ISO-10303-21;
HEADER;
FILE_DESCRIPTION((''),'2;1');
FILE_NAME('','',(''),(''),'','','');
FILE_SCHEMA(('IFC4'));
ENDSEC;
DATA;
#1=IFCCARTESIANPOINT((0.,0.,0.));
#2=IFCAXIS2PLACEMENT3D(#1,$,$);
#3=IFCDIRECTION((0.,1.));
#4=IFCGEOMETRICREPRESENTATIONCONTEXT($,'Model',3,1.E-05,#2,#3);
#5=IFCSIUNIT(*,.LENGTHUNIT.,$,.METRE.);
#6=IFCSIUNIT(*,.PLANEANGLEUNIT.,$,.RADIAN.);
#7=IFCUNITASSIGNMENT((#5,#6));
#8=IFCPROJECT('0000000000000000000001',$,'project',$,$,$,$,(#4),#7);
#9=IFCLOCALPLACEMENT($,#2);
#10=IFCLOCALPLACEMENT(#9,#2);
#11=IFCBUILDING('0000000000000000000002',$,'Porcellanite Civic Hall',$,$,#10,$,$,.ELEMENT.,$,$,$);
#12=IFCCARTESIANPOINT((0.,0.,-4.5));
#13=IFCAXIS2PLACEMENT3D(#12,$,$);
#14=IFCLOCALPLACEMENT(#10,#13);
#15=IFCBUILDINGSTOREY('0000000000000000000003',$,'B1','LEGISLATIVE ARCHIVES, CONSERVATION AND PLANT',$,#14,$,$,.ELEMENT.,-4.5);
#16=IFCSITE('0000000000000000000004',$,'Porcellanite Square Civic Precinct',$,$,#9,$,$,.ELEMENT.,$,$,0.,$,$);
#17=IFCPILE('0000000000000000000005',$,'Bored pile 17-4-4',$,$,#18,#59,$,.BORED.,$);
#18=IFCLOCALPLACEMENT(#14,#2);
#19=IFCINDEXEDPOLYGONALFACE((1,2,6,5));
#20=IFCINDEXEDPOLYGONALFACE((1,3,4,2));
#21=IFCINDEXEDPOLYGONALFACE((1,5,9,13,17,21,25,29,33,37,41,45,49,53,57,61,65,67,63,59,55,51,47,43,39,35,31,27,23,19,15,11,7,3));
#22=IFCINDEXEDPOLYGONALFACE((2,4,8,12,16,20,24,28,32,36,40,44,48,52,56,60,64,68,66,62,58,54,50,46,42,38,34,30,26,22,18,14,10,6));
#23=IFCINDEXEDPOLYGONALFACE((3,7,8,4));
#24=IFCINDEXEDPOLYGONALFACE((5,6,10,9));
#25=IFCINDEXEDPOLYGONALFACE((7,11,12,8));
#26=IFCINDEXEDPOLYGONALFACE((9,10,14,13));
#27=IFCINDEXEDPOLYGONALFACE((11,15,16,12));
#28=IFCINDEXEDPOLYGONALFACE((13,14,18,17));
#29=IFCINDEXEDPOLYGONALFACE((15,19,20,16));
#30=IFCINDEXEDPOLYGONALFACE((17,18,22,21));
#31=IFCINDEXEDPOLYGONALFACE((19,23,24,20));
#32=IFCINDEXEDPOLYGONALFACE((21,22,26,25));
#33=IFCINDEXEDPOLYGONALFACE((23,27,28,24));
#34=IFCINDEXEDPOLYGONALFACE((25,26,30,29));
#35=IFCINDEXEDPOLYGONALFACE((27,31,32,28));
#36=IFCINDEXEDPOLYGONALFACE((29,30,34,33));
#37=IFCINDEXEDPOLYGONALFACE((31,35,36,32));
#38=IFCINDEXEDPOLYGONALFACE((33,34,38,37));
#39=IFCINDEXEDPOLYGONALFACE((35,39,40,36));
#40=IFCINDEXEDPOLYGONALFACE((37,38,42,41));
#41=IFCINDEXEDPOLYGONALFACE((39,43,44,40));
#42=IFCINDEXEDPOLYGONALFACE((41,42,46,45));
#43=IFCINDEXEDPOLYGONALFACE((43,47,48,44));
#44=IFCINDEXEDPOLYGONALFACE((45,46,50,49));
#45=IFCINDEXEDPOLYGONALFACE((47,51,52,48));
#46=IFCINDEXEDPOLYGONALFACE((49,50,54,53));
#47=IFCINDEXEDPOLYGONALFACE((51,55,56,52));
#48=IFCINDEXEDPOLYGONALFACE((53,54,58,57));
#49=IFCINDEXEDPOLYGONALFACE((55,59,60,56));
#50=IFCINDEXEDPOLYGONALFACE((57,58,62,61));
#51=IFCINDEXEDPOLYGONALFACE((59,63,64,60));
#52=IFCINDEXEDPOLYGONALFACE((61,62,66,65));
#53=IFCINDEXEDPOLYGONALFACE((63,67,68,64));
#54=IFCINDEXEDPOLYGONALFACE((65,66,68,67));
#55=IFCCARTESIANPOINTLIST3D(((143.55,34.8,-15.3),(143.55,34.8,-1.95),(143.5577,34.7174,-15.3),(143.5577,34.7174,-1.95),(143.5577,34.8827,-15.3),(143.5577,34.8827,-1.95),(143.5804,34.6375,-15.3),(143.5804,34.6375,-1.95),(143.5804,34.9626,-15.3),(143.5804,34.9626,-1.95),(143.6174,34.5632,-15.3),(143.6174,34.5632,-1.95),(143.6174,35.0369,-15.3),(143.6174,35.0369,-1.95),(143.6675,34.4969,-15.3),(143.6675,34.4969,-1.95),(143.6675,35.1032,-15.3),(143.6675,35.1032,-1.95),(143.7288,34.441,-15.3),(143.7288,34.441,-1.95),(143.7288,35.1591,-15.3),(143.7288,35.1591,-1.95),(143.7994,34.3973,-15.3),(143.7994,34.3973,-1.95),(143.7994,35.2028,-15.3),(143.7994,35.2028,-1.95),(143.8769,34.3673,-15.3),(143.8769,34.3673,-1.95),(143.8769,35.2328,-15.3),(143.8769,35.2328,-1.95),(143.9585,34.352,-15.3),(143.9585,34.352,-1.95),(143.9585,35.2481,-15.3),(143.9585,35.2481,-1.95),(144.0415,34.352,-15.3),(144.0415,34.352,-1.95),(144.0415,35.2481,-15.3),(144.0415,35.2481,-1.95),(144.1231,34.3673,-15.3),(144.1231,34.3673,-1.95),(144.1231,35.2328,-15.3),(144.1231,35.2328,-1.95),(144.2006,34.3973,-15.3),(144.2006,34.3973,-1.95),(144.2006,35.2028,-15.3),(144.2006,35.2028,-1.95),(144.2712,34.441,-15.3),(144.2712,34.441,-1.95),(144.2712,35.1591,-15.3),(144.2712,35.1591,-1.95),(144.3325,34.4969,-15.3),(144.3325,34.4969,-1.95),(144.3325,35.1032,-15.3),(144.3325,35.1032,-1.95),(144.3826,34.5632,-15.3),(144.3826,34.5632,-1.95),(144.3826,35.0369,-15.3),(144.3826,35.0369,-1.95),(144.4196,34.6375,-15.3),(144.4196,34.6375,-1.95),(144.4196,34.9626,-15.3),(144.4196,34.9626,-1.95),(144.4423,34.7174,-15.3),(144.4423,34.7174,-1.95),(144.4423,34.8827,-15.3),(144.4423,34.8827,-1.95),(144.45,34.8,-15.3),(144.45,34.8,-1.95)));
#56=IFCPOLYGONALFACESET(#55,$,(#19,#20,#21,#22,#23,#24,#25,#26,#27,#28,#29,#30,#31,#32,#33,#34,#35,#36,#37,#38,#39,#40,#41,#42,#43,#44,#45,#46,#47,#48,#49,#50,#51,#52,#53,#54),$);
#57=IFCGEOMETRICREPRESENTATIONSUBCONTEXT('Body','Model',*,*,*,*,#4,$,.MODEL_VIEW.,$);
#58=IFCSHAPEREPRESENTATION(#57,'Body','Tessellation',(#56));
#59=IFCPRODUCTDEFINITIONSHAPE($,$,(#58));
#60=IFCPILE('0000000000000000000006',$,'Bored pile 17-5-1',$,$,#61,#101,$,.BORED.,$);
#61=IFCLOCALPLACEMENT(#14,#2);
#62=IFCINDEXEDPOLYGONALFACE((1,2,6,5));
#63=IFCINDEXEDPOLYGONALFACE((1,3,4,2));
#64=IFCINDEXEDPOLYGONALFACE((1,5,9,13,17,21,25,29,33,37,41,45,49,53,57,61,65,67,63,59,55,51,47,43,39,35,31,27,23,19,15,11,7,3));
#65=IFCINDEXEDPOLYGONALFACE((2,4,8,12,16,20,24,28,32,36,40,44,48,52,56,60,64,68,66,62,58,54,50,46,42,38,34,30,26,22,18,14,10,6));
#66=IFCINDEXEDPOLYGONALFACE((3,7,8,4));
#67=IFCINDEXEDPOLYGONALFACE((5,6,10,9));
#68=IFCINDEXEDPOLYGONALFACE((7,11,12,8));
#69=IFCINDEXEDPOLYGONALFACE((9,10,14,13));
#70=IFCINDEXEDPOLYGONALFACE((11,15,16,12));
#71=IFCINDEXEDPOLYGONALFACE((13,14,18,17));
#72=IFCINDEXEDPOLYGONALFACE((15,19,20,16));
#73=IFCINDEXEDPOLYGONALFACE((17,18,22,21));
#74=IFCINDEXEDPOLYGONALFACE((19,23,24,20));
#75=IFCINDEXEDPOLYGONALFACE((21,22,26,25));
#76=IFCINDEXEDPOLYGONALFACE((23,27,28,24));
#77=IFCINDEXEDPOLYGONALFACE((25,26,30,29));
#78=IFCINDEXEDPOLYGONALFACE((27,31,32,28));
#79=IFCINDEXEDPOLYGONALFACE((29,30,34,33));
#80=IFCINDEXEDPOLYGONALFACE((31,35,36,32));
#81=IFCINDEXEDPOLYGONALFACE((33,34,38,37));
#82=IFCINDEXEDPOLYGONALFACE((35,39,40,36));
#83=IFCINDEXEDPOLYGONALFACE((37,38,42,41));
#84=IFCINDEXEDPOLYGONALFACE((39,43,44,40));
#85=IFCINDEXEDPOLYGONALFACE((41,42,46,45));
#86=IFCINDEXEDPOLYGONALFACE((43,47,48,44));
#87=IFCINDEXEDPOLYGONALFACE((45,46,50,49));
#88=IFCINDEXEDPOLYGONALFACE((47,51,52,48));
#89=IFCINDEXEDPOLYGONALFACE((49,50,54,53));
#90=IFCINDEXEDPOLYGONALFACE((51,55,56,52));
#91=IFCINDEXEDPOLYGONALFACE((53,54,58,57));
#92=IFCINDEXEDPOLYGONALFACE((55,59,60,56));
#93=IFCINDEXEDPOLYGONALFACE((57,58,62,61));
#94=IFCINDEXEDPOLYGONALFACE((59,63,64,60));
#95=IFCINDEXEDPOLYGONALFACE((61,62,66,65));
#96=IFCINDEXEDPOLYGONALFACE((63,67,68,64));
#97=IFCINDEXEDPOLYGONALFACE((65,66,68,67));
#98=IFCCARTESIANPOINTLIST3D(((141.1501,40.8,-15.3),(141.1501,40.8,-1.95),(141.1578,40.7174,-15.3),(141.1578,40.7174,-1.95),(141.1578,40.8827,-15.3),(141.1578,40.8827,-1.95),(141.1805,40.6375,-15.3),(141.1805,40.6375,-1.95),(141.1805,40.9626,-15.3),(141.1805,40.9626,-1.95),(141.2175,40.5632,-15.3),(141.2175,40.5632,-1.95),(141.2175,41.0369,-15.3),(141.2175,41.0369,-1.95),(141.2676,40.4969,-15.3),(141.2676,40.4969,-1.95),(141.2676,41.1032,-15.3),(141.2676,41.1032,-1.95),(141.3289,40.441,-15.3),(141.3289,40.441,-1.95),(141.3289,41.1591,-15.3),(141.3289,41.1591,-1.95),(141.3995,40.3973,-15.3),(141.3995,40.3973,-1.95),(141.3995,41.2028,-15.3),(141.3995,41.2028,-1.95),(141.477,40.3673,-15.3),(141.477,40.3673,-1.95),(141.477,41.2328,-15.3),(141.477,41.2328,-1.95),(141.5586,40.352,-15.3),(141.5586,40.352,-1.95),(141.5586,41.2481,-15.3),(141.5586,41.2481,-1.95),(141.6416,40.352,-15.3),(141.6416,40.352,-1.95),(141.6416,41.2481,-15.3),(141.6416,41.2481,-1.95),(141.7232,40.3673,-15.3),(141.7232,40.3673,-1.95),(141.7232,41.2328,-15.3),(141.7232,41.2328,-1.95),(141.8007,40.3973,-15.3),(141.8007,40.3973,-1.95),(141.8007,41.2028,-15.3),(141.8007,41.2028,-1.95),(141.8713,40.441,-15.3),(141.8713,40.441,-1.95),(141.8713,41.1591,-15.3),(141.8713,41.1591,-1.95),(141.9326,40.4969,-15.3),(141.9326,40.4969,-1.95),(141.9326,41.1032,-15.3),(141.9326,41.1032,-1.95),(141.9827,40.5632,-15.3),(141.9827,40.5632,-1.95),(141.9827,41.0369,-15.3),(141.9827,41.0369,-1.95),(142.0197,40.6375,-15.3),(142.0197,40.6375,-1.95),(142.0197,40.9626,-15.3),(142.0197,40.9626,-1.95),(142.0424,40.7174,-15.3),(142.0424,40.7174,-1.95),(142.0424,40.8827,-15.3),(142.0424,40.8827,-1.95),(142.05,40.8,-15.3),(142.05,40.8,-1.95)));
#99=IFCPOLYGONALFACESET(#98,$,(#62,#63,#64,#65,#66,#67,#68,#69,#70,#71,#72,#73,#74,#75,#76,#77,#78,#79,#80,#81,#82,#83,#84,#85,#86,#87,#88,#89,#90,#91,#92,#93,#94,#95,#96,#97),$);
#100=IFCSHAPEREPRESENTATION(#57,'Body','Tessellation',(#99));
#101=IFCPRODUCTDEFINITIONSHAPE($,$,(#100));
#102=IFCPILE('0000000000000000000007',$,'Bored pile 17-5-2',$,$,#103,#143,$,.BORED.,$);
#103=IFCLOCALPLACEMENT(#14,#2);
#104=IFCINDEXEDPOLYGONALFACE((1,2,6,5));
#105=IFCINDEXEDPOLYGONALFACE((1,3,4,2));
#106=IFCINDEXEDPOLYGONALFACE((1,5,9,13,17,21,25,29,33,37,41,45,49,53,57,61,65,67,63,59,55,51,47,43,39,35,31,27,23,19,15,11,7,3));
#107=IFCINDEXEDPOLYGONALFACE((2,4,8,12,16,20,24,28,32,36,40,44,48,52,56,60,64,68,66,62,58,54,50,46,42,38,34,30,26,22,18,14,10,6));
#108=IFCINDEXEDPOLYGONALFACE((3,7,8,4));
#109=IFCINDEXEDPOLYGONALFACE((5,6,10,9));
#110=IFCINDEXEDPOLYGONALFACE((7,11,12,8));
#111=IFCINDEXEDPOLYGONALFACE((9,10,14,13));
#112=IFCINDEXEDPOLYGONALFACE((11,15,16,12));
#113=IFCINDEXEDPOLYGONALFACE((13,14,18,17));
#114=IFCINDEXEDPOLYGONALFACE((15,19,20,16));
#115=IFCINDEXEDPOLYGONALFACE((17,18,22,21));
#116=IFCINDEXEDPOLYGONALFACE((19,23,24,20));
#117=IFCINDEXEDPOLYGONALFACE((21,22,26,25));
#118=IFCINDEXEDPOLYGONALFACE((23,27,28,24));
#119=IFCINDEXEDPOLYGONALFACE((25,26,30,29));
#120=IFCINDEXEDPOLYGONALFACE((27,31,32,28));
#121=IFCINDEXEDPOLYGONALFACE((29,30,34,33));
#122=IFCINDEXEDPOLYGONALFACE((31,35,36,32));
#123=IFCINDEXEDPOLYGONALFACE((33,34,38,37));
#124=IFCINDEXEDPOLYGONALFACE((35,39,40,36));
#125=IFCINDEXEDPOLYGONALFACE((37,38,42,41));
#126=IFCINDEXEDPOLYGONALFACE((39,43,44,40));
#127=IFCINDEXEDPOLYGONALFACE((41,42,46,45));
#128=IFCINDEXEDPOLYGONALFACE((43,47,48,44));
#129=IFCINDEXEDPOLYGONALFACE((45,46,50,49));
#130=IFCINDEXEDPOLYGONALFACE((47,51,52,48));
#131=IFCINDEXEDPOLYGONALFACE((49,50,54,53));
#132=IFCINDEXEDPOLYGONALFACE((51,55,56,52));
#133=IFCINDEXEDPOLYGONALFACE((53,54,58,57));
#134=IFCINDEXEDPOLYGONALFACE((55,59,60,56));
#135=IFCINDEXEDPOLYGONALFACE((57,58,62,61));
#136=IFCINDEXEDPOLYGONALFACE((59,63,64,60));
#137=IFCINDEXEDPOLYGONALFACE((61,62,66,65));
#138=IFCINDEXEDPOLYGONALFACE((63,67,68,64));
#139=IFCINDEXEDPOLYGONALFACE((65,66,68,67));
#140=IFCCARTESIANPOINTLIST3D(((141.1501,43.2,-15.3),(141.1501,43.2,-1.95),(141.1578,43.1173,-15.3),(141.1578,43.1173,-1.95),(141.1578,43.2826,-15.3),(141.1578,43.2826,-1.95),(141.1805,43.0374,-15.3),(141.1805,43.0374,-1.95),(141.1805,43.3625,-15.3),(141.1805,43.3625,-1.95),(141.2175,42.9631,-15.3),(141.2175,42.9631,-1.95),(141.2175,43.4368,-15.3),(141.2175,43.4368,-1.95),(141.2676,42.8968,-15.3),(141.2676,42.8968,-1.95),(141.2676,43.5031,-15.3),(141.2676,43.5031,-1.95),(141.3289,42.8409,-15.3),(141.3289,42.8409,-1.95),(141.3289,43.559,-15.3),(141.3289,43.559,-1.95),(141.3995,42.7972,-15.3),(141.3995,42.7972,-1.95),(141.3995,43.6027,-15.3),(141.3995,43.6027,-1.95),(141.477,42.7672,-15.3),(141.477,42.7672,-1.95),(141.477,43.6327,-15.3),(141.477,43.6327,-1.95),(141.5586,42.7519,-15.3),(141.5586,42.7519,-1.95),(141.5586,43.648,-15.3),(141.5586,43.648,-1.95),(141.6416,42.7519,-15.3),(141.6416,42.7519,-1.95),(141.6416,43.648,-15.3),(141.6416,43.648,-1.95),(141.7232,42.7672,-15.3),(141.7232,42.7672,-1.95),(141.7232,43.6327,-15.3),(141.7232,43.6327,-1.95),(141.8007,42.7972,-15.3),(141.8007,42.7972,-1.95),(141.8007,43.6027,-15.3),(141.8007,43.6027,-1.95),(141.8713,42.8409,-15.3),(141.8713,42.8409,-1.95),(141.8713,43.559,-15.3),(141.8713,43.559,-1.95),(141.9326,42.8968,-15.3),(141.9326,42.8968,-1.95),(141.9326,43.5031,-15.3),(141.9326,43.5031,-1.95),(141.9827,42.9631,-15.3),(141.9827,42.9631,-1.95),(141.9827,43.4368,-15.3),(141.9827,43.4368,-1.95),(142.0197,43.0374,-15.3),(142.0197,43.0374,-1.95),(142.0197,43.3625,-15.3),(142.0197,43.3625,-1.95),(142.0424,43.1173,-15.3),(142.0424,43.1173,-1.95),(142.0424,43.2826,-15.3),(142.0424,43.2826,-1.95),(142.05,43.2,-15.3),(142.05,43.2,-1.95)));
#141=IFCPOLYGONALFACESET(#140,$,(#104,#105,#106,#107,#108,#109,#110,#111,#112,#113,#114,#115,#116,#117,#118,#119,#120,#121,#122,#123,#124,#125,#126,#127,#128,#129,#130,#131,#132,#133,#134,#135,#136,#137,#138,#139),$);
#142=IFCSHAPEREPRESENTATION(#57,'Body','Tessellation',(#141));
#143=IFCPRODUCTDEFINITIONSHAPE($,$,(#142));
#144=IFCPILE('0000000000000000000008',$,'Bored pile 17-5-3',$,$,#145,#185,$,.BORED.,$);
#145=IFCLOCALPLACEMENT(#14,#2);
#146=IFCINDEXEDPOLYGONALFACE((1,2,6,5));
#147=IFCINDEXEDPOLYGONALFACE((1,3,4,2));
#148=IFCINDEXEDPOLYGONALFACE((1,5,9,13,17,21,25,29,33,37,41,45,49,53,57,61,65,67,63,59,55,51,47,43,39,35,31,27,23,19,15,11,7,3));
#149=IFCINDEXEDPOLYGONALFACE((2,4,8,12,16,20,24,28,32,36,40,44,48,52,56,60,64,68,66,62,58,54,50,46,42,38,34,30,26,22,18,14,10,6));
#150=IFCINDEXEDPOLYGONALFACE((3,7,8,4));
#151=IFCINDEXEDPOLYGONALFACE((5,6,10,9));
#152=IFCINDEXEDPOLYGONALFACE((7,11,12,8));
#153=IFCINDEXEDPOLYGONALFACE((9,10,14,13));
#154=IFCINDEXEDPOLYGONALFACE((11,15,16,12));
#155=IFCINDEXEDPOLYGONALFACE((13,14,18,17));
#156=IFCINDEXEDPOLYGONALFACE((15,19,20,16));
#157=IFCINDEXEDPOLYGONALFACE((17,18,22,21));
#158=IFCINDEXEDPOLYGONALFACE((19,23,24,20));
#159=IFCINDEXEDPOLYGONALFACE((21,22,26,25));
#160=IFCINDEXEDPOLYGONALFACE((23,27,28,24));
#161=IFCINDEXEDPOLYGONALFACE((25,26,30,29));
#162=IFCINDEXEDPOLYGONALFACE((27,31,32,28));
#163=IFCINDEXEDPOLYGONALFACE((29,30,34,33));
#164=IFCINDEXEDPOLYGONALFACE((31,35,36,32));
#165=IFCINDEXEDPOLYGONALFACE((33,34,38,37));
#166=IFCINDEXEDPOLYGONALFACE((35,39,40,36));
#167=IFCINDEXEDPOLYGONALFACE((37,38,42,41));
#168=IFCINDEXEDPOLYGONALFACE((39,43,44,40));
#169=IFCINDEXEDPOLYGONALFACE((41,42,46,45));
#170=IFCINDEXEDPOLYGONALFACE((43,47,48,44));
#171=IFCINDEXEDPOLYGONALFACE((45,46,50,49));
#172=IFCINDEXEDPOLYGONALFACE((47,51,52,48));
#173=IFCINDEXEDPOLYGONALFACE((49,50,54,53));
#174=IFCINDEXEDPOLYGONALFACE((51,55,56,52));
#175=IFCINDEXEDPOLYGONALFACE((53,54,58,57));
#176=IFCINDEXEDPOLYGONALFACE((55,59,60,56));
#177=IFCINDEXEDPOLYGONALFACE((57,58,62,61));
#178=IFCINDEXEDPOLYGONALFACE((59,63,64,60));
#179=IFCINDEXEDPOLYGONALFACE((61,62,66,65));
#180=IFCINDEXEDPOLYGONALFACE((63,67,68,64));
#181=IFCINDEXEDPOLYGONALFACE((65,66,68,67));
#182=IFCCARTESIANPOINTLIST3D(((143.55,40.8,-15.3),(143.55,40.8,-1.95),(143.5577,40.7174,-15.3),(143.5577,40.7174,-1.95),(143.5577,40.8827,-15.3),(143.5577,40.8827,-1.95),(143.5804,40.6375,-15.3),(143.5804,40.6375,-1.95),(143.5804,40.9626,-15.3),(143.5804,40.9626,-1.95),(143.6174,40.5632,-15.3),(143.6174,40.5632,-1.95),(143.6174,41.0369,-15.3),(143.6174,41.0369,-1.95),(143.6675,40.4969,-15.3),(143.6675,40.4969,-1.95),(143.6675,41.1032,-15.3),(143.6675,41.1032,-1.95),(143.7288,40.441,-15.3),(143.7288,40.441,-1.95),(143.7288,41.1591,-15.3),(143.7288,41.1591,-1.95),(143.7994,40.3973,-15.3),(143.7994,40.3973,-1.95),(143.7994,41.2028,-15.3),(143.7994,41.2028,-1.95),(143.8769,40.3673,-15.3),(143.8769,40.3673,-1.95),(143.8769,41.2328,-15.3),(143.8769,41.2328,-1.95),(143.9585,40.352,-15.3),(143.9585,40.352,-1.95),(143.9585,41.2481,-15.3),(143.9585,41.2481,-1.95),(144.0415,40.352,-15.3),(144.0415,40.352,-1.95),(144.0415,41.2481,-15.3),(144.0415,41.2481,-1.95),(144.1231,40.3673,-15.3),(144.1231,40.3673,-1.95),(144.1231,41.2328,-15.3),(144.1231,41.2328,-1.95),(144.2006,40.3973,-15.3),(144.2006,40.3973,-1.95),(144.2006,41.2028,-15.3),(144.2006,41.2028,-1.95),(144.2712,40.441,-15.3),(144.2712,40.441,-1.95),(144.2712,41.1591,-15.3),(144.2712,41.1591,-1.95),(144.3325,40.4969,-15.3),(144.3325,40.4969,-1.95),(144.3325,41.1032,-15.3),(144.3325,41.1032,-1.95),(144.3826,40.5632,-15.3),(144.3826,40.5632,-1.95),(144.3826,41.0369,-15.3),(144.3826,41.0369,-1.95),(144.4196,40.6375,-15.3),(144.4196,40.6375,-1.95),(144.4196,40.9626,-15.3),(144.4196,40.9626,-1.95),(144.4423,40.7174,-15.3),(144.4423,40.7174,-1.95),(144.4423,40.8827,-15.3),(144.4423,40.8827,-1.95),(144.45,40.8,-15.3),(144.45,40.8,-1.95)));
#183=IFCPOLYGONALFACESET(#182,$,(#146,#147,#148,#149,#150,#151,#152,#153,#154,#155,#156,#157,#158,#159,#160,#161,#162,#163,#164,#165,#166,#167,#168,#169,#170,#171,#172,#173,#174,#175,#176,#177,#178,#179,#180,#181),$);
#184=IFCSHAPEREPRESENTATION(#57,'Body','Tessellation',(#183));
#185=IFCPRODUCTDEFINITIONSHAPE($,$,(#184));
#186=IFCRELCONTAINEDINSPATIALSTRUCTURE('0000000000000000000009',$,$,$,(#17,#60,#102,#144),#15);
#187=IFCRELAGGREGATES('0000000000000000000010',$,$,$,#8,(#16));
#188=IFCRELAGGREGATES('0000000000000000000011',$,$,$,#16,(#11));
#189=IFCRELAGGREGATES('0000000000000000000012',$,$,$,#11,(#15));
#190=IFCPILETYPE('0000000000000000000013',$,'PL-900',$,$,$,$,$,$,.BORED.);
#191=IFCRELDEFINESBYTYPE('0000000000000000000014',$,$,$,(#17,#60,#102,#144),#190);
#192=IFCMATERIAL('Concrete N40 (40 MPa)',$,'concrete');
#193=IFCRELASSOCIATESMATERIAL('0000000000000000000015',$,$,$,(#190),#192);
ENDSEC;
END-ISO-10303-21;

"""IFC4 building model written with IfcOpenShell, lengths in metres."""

from ifc_helpers import new_model, si_unit, direction, frame, origin, origin_2d, place, context, subcontext, project, spatial, circle, extrude, material, material_profile, profile_set, type_object, element, save


model = new_model("IFC4")

# Units and contexts
model_context = context("Model", 3, precision=1e-05, world=origin(), true_north=direction((0.0, 1.0)))
body_context = subcontext(model_context, "Body", "Model", "MODEL_VIEW")
ifc_project = project(units=[si_unit("LENGTHUNIT", "METRE"), si_unit("PLANEANGLEUNIT", "RADIAN")], contexts=[model_context])

# Site, building, storey
site_placement = place(None, origin())
site = spatial("IfcSite", under=ifc_project, at=site_placement, Name="Porcellanite Square Civic Precinct", CompositionType="ELEMENT", RefElevation=0.0)
building_placement = place(site_placement, origin())
building = spatial("IfcBuilding", under=site, at=building_placement, Name="Porcellanite Civic Hall", CompositionType="ELEMENT")
storey_placement = place(building_placement, frame((0.0, 0.0, -4.5)))
storey = spatial("IfcBuildingStorey", under=building, at=storey_placement, Name="B1", Description="LEGISLATIVE ARCHIVES, CONSERVATION AND PLANT", CompositionType="ELEMENT", Elevation=-4.5)

# Piles
ifc_material_1 = material(Name="Concrete N40 (40 MPa)", Category="concrete")
ifc_material_profile_1 = material_profile(ifc_material_1, circle(Radius=0.45, at=origin_2d()), Name="PILE-D900")
ifc_profile_set_1 = profile_set([ifc_material_profile_1], Name="Concrete N40 (40 MPa)")
pile_type_1 = type_object("IfcPileType", Name="PL-900", PredefinedType="BORED", material=ifc_profile_set_1)
for number, where, z_axis, x_axis, name in (
    (1, (144.0, 34.8, -1.95), (0.0, 0.0, -1.0), (1.0, 0.0, 0.0), "Bored pile 17-4-4"),
    (2, (141.6001, 40.8, -1.95), (0.0, 0.0, -1.0), (1.0, 0.0, 0.0), "Bored pile 17-5-1"),
    (3, (141.6001, 43.2, -1.95), (0.0, 0.0, -1.0), (1.0, 0.0, 0.0), "Bored pile 17-5-2"),
    (4, (144.0, 40.8, -1.95), (0.0, 0.0, -1.0), (1.0, 0.0, 0.0), "Bored pile 17-5-3"),
):
    element("IfcPile", number, at=place(storey_placement, frame(where, z_axis=z_axis, x_axis=x_axis)), inside=storey, type_object=pile_type_1, Name=name, PredefinedType="BORED", context=body_context, shape_type="SweptSolid", body=[
        extrude(circle(Radius=0.45, at=origin_2d()), origin(), (0.0, 0.0, 1.0), 13.3501),
    ])

save(model, "model.ifc")
